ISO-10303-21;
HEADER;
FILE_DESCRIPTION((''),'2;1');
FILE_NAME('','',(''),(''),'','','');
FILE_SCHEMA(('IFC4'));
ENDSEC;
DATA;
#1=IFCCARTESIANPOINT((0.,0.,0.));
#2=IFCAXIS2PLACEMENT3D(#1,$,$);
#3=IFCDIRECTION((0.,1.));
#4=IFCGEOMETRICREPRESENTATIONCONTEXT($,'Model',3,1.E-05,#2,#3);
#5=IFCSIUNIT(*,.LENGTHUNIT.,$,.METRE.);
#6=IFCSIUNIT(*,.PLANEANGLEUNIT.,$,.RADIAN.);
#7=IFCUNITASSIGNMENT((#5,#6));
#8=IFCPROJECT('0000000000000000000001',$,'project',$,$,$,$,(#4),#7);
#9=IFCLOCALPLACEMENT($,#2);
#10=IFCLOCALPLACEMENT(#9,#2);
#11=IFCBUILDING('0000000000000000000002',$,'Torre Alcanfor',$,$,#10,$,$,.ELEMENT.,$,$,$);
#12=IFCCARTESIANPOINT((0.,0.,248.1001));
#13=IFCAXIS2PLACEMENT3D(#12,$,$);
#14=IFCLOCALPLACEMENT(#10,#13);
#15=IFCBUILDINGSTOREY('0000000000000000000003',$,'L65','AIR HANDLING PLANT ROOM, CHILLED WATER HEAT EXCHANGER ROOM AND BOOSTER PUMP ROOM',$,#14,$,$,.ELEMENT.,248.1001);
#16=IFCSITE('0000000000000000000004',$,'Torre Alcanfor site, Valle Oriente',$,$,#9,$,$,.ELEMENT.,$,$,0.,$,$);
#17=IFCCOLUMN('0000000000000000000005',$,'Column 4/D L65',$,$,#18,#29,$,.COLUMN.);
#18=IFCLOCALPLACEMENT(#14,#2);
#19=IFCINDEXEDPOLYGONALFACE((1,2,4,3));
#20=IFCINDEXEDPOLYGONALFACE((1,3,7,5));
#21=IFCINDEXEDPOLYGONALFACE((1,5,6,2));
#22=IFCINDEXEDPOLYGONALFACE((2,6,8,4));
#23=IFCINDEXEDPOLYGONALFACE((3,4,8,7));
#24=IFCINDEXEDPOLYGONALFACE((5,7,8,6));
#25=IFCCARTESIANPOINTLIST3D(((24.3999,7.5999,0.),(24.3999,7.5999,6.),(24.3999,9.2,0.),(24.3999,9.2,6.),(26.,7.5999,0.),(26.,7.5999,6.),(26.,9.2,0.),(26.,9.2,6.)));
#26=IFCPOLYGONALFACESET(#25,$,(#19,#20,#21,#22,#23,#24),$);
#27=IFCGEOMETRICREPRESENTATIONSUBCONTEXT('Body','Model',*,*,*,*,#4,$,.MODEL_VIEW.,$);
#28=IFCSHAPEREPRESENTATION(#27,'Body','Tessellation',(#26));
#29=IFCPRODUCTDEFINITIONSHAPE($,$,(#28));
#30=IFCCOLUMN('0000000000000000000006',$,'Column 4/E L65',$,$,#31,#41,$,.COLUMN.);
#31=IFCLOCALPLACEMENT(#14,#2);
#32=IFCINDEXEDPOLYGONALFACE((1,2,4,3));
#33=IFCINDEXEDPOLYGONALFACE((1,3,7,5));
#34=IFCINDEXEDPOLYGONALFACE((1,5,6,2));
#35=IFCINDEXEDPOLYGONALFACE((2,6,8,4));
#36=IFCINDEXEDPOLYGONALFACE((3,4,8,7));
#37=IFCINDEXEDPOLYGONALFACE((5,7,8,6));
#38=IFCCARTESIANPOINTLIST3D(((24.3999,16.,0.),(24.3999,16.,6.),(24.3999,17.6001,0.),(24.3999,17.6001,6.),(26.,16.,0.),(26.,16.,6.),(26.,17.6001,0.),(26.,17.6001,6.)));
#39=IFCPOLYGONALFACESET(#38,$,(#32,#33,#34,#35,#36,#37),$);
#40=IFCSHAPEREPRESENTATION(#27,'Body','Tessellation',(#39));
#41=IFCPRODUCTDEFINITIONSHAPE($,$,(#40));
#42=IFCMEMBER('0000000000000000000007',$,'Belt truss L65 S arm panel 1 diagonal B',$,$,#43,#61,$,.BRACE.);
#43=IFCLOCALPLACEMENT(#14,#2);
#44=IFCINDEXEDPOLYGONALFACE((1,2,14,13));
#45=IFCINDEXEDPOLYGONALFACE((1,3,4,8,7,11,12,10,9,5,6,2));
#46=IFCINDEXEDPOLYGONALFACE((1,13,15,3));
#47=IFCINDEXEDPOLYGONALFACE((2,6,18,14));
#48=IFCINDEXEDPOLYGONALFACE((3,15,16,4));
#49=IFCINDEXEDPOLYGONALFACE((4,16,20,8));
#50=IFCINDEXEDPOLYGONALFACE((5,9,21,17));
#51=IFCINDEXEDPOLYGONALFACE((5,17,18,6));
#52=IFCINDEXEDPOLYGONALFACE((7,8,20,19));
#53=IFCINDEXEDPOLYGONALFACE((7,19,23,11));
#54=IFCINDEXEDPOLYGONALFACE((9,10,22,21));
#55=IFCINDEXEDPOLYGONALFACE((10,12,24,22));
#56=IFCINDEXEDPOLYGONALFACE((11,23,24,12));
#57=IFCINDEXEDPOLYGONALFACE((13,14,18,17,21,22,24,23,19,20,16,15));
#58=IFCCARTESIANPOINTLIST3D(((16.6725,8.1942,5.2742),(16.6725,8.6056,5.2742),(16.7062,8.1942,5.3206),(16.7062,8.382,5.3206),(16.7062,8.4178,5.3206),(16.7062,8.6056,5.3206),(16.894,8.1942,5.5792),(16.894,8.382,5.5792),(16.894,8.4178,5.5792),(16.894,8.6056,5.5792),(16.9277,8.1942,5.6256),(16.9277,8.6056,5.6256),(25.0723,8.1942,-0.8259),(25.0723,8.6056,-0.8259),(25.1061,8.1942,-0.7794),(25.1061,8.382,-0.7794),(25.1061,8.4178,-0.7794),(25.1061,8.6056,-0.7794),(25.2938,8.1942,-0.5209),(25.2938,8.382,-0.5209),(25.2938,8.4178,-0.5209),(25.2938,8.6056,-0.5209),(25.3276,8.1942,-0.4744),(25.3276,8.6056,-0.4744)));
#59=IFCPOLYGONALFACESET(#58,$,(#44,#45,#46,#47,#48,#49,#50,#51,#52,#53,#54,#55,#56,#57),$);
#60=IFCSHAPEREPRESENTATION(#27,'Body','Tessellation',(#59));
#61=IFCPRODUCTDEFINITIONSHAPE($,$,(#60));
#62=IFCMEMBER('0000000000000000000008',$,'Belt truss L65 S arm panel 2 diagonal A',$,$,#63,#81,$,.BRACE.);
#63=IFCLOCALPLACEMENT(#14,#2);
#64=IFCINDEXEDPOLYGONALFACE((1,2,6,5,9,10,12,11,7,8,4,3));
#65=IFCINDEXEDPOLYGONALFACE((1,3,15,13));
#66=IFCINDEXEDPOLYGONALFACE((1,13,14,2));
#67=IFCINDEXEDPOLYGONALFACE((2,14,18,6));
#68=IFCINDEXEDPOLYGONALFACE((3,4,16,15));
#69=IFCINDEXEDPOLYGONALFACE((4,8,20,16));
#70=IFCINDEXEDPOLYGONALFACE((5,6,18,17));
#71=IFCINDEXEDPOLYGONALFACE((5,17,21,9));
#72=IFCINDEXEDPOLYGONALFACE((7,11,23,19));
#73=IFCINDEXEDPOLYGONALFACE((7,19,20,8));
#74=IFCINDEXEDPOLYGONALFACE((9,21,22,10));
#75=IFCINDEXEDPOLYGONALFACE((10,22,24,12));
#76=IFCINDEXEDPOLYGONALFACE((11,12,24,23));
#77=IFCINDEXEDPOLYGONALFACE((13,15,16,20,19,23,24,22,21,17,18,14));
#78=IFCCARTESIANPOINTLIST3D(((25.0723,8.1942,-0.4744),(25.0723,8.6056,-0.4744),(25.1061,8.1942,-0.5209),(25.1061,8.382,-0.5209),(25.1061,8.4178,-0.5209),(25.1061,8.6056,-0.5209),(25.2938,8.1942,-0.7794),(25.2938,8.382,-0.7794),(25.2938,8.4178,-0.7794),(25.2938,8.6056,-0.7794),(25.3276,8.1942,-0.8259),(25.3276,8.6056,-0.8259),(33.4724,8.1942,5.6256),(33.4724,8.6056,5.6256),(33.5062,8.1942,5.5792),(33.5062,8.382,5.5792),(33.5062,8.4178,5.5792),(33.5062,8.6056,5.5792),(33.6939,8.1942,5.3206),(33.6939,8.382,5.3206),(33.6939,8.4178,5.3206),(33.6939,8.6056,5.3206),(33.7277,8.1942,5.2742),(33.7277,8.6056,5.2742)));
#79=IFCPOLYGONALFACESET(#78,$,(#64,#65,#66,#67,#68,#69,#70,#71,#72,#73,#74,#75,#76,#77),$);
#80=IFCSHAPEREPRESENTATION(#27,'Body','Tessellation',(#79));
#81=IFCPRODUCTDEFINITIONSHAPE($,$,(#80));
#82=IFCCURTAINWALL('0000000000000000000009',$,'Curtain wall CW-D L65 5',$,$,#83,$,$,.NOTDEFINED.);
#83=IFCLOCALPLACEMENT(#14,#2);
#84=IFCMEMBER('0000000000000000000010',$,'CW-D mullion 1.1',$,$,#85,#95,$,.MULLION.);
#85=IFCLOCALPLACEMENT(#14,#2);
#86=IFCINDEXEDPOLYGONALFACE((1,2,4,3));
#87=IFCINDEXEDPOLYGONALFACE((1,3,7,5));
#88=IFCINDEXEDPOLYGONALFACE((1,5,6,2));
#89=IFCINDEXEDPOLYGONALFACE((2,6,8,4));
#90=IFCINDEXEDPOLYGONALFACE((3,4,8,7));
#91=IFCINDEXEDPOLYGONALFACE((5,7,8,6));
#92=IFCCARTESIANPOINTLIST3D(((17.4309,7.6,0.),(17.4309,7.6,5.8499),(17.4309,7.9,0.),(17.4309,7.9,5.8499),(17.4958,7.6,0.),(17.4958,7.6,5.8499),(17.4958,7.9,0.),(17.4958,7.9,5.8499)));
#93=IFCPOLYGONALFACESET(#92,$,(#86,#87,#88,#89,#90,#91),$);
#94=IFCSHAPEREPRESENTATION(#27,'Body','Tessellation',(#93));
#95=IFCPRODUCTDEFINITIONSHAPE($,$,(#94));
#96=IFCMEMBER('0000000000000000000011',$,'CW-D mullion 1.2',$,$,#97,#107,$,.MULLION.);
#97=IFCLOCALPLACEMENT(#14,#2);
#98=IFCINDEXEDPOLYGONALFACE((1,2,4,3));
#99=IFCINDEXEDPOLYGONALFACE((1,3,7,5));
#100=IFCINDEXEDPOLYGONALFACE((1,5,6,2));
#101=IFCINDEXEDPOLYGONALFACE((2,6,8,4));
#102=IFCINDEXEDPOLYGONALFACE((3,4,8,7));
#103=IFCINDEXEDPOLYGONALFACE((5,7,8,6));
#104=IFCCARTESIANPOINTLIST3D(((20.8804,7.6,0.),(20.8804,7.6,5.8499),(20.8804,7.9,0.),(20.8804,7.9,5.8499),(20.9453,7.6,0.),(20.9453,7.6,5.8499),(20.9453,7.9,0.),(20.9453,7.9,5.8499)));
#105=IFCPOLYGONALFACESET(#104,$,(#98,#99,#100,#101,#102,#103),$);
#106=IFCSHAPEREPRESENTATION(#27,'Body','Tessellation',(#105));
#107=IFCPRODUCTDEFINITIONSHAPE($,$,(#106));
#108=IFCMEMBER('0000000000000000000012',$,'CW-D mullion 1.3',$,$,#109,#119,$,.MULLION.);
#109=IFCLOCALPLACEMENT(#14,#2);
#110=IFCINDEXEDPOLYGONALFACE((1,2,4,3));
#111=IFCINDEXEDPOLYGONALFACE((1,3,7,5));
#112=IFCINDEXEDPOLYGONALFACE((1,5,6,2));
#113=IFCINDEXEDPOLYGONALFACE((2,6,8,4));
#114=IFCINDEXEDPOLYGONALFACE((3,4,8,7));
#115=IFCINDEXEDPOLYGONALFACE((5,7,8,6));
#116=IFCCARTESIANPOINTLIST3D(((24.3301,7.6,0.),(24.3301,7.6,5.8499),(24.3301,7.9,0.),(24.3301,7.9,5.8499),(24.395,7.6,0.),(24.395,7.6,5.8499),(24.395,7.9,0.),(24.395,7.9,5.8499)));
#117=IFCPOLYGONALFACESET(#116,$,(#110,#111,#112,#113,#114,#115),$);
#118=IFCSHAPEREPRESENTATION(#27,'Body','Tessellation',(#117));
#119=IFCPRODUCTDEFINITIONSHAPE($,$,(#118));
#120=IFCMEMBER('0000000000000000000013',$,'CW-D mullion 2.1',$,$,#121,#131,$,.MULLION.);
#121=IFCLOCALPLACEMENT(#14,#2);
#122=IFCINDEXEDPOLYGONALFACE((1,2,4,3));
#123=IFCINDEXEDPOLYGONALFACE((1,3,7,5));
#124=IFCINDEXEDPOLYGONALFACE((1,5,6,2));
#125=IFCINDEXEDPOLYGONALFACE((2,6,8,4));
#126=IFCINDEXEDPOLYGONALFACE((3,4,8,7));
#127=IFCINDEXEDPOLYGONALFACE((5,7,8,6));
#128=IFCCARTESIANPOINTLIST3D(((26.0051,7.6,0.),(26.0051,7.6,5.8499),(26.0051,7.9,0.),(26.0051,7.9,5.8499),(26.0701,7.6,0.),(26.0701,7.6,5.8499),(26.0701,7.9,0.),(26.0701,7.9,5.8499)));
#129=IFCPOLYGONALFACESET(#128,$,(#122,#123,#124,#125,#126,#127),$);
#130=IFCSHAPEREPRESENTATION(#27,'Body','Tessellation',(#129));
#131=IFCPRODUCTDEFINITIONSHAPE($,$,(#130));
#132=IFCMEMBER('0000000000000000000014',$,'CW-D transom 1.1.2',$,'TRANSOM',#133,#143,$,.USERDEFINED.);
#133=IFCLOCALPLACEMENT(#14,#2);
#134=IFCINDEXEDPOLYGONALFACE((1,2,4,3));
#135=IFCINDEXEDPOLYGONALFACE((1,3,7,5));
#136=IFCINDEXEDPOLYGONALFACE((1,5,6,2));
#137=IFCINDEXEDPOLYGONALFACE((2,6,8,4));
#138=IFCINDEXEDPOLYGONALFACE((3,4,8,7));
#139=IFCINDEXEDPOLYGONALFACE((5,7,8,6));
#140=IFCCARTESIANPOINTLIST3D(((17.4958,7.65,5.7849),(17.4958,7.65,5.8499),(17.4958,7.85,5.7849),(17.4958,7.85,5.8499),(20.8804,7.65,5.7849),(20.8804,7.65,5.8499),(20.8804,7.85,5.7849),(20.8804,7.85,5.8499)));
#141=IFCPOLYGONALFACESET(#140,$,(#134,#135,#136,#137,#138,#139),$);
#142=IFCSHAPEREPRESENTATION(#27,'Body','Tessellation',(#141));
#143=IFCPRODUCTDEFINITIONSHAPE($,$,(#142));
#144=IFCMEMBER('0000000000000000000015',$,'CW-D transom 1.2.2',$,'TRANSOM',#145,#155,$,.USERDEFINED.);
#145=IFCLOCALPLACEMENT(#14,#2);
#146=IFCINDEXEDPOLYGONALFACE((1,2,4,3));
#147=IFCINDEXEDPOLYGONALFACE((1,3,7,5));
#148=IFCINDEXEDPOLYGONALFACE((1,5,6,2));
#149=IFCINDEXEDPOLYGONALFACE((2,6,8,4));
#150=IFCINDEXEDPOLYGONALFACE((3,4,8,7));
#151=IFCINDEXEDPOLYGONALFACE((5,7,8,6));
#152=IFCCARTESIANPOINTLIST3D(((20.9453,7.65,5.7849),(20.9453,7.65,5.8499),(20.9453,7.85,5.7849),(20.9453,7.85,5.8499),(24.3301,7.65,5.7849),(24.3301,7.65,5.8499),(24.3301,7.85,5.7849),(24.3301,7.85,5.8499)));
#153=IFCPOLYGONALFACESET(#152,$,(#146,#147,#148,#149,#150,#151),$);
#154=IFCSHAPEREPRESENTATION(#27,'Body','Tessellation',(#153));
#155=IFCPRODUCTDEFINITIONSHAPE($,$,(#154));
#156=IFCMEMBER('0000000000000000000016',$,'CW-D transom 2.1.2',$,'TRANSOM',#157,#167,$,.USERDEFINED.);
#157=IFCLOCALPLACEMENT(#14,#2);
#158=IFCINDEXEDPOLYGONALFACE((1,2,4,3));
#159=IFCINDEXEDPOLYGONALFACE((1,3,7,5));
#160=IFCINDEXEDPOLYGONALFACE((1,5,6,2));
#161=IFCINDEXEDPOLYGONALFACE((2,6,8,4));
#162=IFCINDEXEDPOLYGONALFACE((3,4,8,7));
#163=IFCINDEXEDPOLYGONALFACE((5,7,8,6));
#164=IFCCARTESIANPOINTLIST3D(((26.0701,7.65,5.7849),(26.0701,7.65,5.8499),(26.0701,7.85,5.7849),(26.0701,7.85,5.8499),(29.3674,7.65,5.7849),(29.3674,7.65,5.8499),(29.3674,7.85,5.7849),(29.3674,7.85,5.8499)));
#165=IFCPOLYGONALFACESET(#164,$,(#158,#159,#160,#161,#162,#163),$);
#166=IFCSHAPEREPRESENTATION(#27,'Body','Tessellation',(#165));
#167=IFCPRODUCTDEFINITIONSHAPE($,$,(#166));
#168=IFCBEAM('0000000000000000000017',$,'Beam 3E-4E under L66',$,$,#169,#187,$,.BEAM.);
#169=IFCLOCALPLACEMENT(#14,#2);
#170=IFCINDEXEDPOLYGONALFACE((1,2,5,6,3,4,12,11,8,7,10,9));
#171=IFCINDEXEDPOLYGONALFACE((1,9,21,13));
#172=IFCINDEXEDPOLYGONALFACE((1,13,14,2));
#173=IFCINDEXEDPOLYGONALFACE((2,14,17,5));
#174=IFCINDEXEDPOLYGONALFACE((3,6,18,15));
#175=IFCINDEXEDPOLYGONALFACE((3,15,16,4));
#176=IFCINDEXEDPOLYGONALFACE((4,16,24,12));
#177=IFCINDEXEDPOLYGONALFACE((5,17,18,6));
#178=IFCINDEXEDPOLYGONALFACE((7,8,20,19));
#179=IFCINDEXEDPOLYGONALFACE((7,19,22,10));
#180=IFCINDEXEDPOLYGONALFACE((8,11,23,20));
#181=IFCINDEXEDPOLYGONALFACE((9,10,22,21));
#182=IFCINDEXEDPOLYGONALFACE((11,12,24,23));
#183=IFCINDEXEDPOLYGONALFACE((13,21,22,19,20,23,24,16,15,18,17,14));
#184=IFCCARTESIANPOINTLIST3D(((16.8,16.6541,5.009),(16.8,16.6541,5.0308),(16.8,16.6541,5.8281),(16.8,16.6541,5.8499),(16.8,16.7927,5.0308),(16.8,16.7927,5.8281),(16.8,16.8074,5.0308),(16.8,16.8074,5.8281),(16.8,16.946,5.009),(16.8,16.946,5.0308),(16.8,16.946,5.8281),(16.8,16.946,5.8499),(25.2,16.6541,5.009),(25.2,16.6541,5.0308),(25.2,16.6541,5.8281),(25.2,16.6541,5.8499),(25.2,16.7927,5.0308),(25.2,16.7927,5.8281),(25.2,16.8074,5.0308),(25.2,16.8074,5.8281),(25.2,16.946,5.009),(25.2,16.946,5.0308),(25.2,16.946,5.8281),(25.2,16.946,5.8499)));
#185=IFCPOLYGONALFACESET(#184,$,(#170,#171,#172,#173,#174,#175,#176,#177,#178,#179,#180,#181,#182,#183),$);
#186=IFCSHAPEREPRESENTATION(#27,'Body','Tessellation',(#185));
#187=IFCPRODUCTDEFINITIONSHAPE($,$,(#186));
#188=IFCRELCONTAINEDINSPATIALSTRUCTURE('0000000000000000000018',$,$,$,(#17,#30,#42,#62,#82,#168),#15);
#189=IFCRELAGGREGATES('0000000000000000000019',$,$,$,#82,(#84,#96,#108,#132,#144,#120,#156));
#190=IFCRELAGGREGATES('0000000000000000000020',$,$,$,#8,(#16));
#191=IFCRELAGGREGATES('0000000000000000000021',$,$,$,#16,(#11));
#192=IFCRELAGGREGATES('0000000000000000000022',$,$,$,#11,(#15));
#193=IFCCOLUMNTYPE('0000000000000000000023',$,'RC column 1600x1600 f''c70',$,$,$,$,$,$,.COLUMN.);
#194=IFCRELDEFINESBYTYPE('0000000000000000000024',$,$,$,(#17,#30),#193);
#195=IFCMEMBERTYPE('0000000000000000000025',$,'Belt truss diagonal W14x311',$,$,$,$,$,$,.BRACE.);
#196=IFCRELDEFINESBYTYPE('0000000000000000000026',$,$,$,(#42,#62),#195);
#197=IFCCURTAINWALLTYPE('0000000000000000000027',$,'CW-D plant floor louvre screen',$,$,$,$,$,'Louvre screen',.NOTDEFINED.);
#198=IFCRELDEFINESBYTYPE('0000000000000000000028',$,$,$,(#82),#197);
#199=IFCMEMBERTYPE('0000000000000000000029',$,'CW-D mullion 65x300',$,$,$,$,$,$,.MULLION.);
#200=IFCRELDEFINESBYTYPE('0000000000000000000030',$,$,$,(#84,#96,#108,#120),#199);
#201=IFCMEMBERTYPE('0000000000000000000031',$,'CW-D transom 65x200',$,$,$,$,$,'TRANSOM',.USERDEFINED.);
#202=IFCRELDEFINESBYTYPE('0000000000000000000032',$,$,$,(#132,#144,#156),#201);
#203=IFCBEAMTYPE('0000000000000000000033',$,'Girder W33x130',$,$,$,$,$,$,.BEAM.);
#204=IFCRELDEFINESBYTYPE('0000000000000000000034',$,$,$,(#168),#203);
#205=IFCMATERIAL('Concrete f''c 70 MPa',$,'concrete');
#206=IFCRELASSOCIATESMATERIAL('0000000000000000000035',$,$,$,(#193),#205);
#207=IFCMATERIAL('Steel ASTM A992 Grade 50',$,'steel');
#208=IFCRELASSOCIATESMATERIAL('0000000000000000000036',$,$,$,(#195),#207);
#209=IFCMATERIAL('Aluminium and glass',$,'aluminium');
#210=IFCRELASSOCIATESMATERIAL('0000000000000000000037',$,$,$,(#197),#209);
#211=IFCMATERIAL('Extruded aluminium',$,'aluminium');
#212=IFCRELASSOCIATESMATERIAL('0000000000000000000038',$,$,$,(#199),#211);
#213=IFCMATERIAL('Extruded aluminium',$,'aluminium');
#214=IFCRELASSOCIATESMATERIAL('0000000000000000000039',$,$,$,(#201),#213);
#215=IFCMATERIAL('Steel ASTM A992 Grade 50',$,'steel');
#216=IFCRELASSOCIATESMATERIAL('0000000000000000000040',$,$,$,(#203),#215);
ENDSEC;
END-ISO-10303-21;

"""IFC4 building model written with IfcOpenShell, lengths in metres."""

from ifc_helpers import new_model, si_unit, direction, frame, origin, origin_2d, place, context, subcontext, project, spatial, rectangle, i_section, extrude, material, material_profile, profile_set, type_object, element, aggregate, save


model = new_model("IFC4")

# Units and contexts
model_context = context("Model", 3, precision=1e-05, world=origin(), true_north=direction((0.0, 1.0)))
body_context = subcontext(model_context, "Body", "Model", "MODEL_VIEW")
ifc_project = project(units=[si_unit("LENGTHUNIT", "METRE"), si_unit("PLANEANGLEUNIT", "RADIAN")], contexts=[model_context])

# Site, building, storey
site_placement = place(None, origin())
site = spatial("IfcSite", under=ifc_project, at=site_placement, Name="Torre Alcanfor site, Valle Oriente", CompositionType="ELEMENT", RefElevation=0.0)
building_placement = place(site_placement, origin())
building = spatial("IfcBuilding", under=site, at=building_placement, Name="Torre Alcanfor", CompositionType="ELEMENT")
storey_placement = place(building_placement, frame((0.0, 0.0, 248.1001)))
storey = spatial("IfcBuildingStorey", under=building, at=storey_placement, Name="L65", Description="AIR HANDLING PLANT ROOM, CHILLED WATER HEAT EXCHANGER ROOM AND BOOSTER PUMP ROOM", CompositionType="ELEMENT", Elevation=248.1001)

# Columns
ifc_material_1 = material(Name="Concrete f'c 70 MPa", Category="concrete")
ifc_material_profile_1 = material_profile(ifc_material_1, rectangle(XDim=1.6001, YDim=1.6001, at=origin_2d()), Name="1600x1600")
ifc_profile_set_1 = profile_set([ifc_material_profile_1], Name="Concrete f'c 70 MPa")
column_type = type_object("IfcColumnType", Name="RC column 1600x1600 f'c70", PredefinedType="COLUMN", material=ifc_profile_set_1)
for number, where, z_axis, x_axis, name in (
    (1, (25.2, 8.3999, 0.0), (0.0, 0.0, 1.0), (1.0, 0.0, 0.0), "Column 4/D L65"),
    (2, (25.2, 16.8, 0.0), (0.0, 0.0, 1.0), (1.0, 0.0, 0.0), "Column 4/E L65"),
):
    element("IfcColumn", number, at=place(storey_placement, frame(where, z_axis=z_axis, x_axis=x_axis)), inside=storey, type_object=column_type, Name=name, PredefinedType="COLUMN", context=body_context, shape_type="SweptSolid", body=[
        extrude(rectangle(XDim=1.6001, YDim=1.6001, at=origin_2d()), origin(), (0.0, 0.0, 1.0), 6.0),
    ])

# Members
ifc_material_2 = material(Name="Steel ASTM A992 Grade 50", Category="steel")
ifc_material_profile_2 = material_profile(ifc_material_2, i_section(OverallWidth=0.4114, OverallDepth=0.4343, WebThickness=0.0359, FlangeThickness=0.0574, at=origin_2d()), Name="W14x311")
ifc_profile_set_2 = profile_set([ifc_material_profile_2], Name="Steel ASTM A992 Grade 50")
member_type_1 = type_object("IfcMemberType", Name="Belt truss diagonal W14x311", PredefinedType="BRACE", material=ifc_profile_set_2)
member_1_placement = place(storey_placement, frame((25.2, 8.3999, -0.6501), z_axis=(-0.809145, 0.0, 0.587609), x_axis=(0.0, -1.0, 0.0)))
element("IfcMember", 3, at=member_1_placement, inside=storey, type_object=member_type_1, Name="Belt truss L65 S arm panel 1 diagonal B", PredefinedType="BRACE", context=body_context, shape_type="SweptSolid", body=[
    extrude(i_section(OverallWidth=0.4114, OverallDepth=0.4343, WebThickness=0.0359, FlangeThickness=0.0574, at=origin_2d()), origin(), (0.0, 0.0, 1.0), 10.3811),
])
member_2_placement = place(storey_placement, frame((25.2, 8.3999, -0.6501), z_axis=(0.809153, 0.0, 0.587598), x_axis=(0.0, 1.0, 0.0)))
element("IfcMember", 4, at=member_2_placement, inside=storey, type_object=member_type_1, Name="Belt truss L65 S arm panel 2 diagonal A", PredefinedType="BRACE", context=body_context, shape_type="SweptSolid", body=[
    extrude(i_section(OverallWidth=0.4114, OverallDepth=0.4343, WebThickness=0.0359, FlangeThickness=0.0574, at=origin_2d()), origin(), (0.0, 0.0, 1.0), 10.3813),
])

# Curtain wall, members
ifc_material_3 = material(Name="Aluminium and glass", Category="aluminium")
curtain_wall_type = type_object("IfcCurtainWallType", Name="CW-D plant floor louvre screen", ElementType="Louvre screen", PredefinedType="NOTDEFINED", material=ifc_material_3)
curtain_wall_placement = place(storey_placement, origin())
curtain_wall = element("IfcCurtainWall", 5, at=curtain_wall_placement, inside=storey, type_object=curtain_wall_type, Name="Curtain wall CW-D L65 5", PredefinedType="NOTDEFINED")
ifc_material_4 = material(Name="Extruded aluminium", Category="aluminium")
ifc_material_profile_3 = material_profile(ifc_material_4, rectangle(XDim=0.3, YDim=0.0649, at=origin_2d()), Name="CW-D mullion 65x300")
ifc_profile_set_3 = profile_set([ifc_material_profile_3], Name="Extruded aluminium")
member_type_2 = type_object("IfcMemberType", Name="CW-D mullion 65x300", PredefinedType="MULLION", material=ifc_profile_set_3)
member_3_placement = place(storey_placement, frame((17.4634, 7.75, 0.0), z_axis=(0.0, 0.0, 1.0), x_axis=(0.0, 1.0, 0.0)))
member_3 = element("IfcMember", 6, at=member_3_placement, type_object=member_type_2, Name="CW-D mullion 1.1", PredefinedType="MULLION", context=body_context, shape_type="SweptSolid", body=[
    extrude(rectangle(XDim=0.3, YDim=0.0649, at=origin_2d()), origin(), (0.0, 0.0, 1.0), 5.8499),
])
member_4_placement = place(storey_placement, frame((20.9128, 7.75, 0.0), z_axis=(0.0, 0.0, 1.0), x_axis=(0.0, 1.0, 0.0)))
member_4 = element("IfcMember", 7, at=member_4_placement, type_object=member_type_2, Name="CW-D mullion 1.2", PredefinedType="MULLION", context=body_context, shape_type="SweptSolid", body=[
    extrude(rectangle(XDim=0.3, YDim=0.0649, at=origin_2d()), origin(), (0.0, 0.0, 1.0), 5.8499),
])
member_5_placement = place(storey_placement, frame((24.3625, 7.75, 0.0), z_axis=(0.0, 0.0, 1.0), x_axis=(0.0, 1.0, 0.0)))
member_5 = element("IfcMember", 8, at=member_5_placement, type_object=member_type_2, Name="CW-D mullion 1.3", PredefinedType="MULLION", context=body_context, shape_type="SweptSolid", body=[
    extrude(rectangle(XDim=0.3, YDim=0.0649, at=origin_2d()), origin(), (0.0, 0.0, 1.0), 5.8499),
])
member_6_placement = place(storey_placement, frame((26.0376, 7.75, 0.0), z_axis=(0.0, 0.0, 1.0), x_axis=(0.0, 1.0, 0.0)))
member_6 = element("IfcMember", 9, at=member_6_placement, type_object=member_type_2, Name="CW-D mullion 2.1", PredefinedType="MULLION", context=body_context, shape_type="SweptSolid", body=[
    extrude(rectangle(XDim=0.3, YDim=0.0649, at=origin_2d()), origin(), (0.0, 0.0, 1.0), 5.8499),
])
ifc_material_5 = material(Name="Extruded aluminium", Category="aluminium")
ifc_material_profile_4 = material_profile(ifc_material_5, rectangle(XDim=0.2, YDim=0.0649, at=origin_2d()), Name="CW-D transom 200x65")
ifc_profile_set_4 = profile_set([ifc_material_profile_4], Name="Extruded aluminium")
member_type_3 = type_object("IfcMemberType", Name="CW-D transom 65x200", ElementType="TRANSOM", PredefinedType="USERDEFINED", material=ifc_profile_set_4)
member_7_placement = place(storey_placement, frame((17.4958, 7.75, 5.8174), z_axis=(1.0, 0.0, 0.0), x_axis=(0.0, 1.0, 0.0)))
member_7 = element("IfcMember", 10, at=member_7_placement, type_object=member_type_3, Name="CW-D transom 1.1.2", ObjectType="TRANSOM", PredefinedType="USERDEFINED", context=body_context, shape_type="SweptSolid", body=[
    extrude(rectangle(XDim=0.2, YDim=0.0649, at=origin_2d()), origin(), (0.0, 0.0, 1.0), 3.3845),
])
member_8_placement = place(storey_placement, frame((20.9453, 7.75, 5.8174), z_axis=(1.0, 0.0, 0.0), x_axis=(0.0, 1.0, 0.0)))
member_8 = element("IfcMember", 11, at=member_8_placement, type_object=member_type_3, Name="CW-D transom 1.2.2", ObjectType="TRANSOM", PredefinedType="USERDEFINED", context=body_context, shape_type="SweptSolid", body=[
    extrude(rectangle(XDim=0.2, YDim=0.0649, at=origin_2d()), origin(), (0.0, 0.0, 1.0), 3.3848),
])
member_9_placement = place(storey_placement, frame((26.0701, 7.75, 5.8174), z_axis=(1.0, 0.0, 0.0), x_axis=(0.0, 1.0, 0.0)))
member_9 = element("IfcMember", 12, at=member_9_placement, type_object=member_type_3, Name="CW-D transom 2.1.2", ObjectType="TRANSOM", PredefinedType="USERDEFINED", context=body_context, shape_type="SweptSolid", body=[
    extrude(rectangle(XDim=0.2, YDim=0.0649, at=origin_2d()), origin(), (0.0, 0.0, 1.0), 3.2974),
])

# Beam
ifc_material_6 = material(Name="Steel ASTM A992 Grade 50", Category="steel")
ifc_material_profile_5 = material_profile(ifc_material_6, i_section(OverallWidth=0.292, OverallDepth=0.8408, WebThickness=0.0146, FlangeThickness=0.0217, at=origin_2d()), Name="W33x130")
ifc_profile_set_5 = profile_set([ifc_material_profile_5], Name="Steel ASTM A992 Grade 50")
beam_type_1 = type_object("IfcBeamType", Name="Girder W33x130", PredefinedType="BEAM", material=ifc_profile_set_5)
beam_1_placement = place(storey_placement, frame((16.8, 16.8, 5.4294), z_axis=(1.0, 0.0, 0.0), x_axis=(0.0, 1.0, 0.0)))
element("IfcBeam", 13, at=beam_1_placement, inside=storey, type_object=beam_type_1, Name="Beam 3E-4E under L66", PredefinedType="BEAM", context=body_context, shape_type="SweptSolid", body=[
    extrude(i_section(OverallWidth=0.292, OverallDepth=0.8408, WebThickness=0.0146, FlangeThickness=0.0217, at=origin_2d()), origin(), (0.0, 0.0, 1.0), 8.3999),
])

aggregate(curtain_wall, [member_3, member_4, member_5, member_7, member_8, member_6, member_9])

save(model, "model.ifc")
